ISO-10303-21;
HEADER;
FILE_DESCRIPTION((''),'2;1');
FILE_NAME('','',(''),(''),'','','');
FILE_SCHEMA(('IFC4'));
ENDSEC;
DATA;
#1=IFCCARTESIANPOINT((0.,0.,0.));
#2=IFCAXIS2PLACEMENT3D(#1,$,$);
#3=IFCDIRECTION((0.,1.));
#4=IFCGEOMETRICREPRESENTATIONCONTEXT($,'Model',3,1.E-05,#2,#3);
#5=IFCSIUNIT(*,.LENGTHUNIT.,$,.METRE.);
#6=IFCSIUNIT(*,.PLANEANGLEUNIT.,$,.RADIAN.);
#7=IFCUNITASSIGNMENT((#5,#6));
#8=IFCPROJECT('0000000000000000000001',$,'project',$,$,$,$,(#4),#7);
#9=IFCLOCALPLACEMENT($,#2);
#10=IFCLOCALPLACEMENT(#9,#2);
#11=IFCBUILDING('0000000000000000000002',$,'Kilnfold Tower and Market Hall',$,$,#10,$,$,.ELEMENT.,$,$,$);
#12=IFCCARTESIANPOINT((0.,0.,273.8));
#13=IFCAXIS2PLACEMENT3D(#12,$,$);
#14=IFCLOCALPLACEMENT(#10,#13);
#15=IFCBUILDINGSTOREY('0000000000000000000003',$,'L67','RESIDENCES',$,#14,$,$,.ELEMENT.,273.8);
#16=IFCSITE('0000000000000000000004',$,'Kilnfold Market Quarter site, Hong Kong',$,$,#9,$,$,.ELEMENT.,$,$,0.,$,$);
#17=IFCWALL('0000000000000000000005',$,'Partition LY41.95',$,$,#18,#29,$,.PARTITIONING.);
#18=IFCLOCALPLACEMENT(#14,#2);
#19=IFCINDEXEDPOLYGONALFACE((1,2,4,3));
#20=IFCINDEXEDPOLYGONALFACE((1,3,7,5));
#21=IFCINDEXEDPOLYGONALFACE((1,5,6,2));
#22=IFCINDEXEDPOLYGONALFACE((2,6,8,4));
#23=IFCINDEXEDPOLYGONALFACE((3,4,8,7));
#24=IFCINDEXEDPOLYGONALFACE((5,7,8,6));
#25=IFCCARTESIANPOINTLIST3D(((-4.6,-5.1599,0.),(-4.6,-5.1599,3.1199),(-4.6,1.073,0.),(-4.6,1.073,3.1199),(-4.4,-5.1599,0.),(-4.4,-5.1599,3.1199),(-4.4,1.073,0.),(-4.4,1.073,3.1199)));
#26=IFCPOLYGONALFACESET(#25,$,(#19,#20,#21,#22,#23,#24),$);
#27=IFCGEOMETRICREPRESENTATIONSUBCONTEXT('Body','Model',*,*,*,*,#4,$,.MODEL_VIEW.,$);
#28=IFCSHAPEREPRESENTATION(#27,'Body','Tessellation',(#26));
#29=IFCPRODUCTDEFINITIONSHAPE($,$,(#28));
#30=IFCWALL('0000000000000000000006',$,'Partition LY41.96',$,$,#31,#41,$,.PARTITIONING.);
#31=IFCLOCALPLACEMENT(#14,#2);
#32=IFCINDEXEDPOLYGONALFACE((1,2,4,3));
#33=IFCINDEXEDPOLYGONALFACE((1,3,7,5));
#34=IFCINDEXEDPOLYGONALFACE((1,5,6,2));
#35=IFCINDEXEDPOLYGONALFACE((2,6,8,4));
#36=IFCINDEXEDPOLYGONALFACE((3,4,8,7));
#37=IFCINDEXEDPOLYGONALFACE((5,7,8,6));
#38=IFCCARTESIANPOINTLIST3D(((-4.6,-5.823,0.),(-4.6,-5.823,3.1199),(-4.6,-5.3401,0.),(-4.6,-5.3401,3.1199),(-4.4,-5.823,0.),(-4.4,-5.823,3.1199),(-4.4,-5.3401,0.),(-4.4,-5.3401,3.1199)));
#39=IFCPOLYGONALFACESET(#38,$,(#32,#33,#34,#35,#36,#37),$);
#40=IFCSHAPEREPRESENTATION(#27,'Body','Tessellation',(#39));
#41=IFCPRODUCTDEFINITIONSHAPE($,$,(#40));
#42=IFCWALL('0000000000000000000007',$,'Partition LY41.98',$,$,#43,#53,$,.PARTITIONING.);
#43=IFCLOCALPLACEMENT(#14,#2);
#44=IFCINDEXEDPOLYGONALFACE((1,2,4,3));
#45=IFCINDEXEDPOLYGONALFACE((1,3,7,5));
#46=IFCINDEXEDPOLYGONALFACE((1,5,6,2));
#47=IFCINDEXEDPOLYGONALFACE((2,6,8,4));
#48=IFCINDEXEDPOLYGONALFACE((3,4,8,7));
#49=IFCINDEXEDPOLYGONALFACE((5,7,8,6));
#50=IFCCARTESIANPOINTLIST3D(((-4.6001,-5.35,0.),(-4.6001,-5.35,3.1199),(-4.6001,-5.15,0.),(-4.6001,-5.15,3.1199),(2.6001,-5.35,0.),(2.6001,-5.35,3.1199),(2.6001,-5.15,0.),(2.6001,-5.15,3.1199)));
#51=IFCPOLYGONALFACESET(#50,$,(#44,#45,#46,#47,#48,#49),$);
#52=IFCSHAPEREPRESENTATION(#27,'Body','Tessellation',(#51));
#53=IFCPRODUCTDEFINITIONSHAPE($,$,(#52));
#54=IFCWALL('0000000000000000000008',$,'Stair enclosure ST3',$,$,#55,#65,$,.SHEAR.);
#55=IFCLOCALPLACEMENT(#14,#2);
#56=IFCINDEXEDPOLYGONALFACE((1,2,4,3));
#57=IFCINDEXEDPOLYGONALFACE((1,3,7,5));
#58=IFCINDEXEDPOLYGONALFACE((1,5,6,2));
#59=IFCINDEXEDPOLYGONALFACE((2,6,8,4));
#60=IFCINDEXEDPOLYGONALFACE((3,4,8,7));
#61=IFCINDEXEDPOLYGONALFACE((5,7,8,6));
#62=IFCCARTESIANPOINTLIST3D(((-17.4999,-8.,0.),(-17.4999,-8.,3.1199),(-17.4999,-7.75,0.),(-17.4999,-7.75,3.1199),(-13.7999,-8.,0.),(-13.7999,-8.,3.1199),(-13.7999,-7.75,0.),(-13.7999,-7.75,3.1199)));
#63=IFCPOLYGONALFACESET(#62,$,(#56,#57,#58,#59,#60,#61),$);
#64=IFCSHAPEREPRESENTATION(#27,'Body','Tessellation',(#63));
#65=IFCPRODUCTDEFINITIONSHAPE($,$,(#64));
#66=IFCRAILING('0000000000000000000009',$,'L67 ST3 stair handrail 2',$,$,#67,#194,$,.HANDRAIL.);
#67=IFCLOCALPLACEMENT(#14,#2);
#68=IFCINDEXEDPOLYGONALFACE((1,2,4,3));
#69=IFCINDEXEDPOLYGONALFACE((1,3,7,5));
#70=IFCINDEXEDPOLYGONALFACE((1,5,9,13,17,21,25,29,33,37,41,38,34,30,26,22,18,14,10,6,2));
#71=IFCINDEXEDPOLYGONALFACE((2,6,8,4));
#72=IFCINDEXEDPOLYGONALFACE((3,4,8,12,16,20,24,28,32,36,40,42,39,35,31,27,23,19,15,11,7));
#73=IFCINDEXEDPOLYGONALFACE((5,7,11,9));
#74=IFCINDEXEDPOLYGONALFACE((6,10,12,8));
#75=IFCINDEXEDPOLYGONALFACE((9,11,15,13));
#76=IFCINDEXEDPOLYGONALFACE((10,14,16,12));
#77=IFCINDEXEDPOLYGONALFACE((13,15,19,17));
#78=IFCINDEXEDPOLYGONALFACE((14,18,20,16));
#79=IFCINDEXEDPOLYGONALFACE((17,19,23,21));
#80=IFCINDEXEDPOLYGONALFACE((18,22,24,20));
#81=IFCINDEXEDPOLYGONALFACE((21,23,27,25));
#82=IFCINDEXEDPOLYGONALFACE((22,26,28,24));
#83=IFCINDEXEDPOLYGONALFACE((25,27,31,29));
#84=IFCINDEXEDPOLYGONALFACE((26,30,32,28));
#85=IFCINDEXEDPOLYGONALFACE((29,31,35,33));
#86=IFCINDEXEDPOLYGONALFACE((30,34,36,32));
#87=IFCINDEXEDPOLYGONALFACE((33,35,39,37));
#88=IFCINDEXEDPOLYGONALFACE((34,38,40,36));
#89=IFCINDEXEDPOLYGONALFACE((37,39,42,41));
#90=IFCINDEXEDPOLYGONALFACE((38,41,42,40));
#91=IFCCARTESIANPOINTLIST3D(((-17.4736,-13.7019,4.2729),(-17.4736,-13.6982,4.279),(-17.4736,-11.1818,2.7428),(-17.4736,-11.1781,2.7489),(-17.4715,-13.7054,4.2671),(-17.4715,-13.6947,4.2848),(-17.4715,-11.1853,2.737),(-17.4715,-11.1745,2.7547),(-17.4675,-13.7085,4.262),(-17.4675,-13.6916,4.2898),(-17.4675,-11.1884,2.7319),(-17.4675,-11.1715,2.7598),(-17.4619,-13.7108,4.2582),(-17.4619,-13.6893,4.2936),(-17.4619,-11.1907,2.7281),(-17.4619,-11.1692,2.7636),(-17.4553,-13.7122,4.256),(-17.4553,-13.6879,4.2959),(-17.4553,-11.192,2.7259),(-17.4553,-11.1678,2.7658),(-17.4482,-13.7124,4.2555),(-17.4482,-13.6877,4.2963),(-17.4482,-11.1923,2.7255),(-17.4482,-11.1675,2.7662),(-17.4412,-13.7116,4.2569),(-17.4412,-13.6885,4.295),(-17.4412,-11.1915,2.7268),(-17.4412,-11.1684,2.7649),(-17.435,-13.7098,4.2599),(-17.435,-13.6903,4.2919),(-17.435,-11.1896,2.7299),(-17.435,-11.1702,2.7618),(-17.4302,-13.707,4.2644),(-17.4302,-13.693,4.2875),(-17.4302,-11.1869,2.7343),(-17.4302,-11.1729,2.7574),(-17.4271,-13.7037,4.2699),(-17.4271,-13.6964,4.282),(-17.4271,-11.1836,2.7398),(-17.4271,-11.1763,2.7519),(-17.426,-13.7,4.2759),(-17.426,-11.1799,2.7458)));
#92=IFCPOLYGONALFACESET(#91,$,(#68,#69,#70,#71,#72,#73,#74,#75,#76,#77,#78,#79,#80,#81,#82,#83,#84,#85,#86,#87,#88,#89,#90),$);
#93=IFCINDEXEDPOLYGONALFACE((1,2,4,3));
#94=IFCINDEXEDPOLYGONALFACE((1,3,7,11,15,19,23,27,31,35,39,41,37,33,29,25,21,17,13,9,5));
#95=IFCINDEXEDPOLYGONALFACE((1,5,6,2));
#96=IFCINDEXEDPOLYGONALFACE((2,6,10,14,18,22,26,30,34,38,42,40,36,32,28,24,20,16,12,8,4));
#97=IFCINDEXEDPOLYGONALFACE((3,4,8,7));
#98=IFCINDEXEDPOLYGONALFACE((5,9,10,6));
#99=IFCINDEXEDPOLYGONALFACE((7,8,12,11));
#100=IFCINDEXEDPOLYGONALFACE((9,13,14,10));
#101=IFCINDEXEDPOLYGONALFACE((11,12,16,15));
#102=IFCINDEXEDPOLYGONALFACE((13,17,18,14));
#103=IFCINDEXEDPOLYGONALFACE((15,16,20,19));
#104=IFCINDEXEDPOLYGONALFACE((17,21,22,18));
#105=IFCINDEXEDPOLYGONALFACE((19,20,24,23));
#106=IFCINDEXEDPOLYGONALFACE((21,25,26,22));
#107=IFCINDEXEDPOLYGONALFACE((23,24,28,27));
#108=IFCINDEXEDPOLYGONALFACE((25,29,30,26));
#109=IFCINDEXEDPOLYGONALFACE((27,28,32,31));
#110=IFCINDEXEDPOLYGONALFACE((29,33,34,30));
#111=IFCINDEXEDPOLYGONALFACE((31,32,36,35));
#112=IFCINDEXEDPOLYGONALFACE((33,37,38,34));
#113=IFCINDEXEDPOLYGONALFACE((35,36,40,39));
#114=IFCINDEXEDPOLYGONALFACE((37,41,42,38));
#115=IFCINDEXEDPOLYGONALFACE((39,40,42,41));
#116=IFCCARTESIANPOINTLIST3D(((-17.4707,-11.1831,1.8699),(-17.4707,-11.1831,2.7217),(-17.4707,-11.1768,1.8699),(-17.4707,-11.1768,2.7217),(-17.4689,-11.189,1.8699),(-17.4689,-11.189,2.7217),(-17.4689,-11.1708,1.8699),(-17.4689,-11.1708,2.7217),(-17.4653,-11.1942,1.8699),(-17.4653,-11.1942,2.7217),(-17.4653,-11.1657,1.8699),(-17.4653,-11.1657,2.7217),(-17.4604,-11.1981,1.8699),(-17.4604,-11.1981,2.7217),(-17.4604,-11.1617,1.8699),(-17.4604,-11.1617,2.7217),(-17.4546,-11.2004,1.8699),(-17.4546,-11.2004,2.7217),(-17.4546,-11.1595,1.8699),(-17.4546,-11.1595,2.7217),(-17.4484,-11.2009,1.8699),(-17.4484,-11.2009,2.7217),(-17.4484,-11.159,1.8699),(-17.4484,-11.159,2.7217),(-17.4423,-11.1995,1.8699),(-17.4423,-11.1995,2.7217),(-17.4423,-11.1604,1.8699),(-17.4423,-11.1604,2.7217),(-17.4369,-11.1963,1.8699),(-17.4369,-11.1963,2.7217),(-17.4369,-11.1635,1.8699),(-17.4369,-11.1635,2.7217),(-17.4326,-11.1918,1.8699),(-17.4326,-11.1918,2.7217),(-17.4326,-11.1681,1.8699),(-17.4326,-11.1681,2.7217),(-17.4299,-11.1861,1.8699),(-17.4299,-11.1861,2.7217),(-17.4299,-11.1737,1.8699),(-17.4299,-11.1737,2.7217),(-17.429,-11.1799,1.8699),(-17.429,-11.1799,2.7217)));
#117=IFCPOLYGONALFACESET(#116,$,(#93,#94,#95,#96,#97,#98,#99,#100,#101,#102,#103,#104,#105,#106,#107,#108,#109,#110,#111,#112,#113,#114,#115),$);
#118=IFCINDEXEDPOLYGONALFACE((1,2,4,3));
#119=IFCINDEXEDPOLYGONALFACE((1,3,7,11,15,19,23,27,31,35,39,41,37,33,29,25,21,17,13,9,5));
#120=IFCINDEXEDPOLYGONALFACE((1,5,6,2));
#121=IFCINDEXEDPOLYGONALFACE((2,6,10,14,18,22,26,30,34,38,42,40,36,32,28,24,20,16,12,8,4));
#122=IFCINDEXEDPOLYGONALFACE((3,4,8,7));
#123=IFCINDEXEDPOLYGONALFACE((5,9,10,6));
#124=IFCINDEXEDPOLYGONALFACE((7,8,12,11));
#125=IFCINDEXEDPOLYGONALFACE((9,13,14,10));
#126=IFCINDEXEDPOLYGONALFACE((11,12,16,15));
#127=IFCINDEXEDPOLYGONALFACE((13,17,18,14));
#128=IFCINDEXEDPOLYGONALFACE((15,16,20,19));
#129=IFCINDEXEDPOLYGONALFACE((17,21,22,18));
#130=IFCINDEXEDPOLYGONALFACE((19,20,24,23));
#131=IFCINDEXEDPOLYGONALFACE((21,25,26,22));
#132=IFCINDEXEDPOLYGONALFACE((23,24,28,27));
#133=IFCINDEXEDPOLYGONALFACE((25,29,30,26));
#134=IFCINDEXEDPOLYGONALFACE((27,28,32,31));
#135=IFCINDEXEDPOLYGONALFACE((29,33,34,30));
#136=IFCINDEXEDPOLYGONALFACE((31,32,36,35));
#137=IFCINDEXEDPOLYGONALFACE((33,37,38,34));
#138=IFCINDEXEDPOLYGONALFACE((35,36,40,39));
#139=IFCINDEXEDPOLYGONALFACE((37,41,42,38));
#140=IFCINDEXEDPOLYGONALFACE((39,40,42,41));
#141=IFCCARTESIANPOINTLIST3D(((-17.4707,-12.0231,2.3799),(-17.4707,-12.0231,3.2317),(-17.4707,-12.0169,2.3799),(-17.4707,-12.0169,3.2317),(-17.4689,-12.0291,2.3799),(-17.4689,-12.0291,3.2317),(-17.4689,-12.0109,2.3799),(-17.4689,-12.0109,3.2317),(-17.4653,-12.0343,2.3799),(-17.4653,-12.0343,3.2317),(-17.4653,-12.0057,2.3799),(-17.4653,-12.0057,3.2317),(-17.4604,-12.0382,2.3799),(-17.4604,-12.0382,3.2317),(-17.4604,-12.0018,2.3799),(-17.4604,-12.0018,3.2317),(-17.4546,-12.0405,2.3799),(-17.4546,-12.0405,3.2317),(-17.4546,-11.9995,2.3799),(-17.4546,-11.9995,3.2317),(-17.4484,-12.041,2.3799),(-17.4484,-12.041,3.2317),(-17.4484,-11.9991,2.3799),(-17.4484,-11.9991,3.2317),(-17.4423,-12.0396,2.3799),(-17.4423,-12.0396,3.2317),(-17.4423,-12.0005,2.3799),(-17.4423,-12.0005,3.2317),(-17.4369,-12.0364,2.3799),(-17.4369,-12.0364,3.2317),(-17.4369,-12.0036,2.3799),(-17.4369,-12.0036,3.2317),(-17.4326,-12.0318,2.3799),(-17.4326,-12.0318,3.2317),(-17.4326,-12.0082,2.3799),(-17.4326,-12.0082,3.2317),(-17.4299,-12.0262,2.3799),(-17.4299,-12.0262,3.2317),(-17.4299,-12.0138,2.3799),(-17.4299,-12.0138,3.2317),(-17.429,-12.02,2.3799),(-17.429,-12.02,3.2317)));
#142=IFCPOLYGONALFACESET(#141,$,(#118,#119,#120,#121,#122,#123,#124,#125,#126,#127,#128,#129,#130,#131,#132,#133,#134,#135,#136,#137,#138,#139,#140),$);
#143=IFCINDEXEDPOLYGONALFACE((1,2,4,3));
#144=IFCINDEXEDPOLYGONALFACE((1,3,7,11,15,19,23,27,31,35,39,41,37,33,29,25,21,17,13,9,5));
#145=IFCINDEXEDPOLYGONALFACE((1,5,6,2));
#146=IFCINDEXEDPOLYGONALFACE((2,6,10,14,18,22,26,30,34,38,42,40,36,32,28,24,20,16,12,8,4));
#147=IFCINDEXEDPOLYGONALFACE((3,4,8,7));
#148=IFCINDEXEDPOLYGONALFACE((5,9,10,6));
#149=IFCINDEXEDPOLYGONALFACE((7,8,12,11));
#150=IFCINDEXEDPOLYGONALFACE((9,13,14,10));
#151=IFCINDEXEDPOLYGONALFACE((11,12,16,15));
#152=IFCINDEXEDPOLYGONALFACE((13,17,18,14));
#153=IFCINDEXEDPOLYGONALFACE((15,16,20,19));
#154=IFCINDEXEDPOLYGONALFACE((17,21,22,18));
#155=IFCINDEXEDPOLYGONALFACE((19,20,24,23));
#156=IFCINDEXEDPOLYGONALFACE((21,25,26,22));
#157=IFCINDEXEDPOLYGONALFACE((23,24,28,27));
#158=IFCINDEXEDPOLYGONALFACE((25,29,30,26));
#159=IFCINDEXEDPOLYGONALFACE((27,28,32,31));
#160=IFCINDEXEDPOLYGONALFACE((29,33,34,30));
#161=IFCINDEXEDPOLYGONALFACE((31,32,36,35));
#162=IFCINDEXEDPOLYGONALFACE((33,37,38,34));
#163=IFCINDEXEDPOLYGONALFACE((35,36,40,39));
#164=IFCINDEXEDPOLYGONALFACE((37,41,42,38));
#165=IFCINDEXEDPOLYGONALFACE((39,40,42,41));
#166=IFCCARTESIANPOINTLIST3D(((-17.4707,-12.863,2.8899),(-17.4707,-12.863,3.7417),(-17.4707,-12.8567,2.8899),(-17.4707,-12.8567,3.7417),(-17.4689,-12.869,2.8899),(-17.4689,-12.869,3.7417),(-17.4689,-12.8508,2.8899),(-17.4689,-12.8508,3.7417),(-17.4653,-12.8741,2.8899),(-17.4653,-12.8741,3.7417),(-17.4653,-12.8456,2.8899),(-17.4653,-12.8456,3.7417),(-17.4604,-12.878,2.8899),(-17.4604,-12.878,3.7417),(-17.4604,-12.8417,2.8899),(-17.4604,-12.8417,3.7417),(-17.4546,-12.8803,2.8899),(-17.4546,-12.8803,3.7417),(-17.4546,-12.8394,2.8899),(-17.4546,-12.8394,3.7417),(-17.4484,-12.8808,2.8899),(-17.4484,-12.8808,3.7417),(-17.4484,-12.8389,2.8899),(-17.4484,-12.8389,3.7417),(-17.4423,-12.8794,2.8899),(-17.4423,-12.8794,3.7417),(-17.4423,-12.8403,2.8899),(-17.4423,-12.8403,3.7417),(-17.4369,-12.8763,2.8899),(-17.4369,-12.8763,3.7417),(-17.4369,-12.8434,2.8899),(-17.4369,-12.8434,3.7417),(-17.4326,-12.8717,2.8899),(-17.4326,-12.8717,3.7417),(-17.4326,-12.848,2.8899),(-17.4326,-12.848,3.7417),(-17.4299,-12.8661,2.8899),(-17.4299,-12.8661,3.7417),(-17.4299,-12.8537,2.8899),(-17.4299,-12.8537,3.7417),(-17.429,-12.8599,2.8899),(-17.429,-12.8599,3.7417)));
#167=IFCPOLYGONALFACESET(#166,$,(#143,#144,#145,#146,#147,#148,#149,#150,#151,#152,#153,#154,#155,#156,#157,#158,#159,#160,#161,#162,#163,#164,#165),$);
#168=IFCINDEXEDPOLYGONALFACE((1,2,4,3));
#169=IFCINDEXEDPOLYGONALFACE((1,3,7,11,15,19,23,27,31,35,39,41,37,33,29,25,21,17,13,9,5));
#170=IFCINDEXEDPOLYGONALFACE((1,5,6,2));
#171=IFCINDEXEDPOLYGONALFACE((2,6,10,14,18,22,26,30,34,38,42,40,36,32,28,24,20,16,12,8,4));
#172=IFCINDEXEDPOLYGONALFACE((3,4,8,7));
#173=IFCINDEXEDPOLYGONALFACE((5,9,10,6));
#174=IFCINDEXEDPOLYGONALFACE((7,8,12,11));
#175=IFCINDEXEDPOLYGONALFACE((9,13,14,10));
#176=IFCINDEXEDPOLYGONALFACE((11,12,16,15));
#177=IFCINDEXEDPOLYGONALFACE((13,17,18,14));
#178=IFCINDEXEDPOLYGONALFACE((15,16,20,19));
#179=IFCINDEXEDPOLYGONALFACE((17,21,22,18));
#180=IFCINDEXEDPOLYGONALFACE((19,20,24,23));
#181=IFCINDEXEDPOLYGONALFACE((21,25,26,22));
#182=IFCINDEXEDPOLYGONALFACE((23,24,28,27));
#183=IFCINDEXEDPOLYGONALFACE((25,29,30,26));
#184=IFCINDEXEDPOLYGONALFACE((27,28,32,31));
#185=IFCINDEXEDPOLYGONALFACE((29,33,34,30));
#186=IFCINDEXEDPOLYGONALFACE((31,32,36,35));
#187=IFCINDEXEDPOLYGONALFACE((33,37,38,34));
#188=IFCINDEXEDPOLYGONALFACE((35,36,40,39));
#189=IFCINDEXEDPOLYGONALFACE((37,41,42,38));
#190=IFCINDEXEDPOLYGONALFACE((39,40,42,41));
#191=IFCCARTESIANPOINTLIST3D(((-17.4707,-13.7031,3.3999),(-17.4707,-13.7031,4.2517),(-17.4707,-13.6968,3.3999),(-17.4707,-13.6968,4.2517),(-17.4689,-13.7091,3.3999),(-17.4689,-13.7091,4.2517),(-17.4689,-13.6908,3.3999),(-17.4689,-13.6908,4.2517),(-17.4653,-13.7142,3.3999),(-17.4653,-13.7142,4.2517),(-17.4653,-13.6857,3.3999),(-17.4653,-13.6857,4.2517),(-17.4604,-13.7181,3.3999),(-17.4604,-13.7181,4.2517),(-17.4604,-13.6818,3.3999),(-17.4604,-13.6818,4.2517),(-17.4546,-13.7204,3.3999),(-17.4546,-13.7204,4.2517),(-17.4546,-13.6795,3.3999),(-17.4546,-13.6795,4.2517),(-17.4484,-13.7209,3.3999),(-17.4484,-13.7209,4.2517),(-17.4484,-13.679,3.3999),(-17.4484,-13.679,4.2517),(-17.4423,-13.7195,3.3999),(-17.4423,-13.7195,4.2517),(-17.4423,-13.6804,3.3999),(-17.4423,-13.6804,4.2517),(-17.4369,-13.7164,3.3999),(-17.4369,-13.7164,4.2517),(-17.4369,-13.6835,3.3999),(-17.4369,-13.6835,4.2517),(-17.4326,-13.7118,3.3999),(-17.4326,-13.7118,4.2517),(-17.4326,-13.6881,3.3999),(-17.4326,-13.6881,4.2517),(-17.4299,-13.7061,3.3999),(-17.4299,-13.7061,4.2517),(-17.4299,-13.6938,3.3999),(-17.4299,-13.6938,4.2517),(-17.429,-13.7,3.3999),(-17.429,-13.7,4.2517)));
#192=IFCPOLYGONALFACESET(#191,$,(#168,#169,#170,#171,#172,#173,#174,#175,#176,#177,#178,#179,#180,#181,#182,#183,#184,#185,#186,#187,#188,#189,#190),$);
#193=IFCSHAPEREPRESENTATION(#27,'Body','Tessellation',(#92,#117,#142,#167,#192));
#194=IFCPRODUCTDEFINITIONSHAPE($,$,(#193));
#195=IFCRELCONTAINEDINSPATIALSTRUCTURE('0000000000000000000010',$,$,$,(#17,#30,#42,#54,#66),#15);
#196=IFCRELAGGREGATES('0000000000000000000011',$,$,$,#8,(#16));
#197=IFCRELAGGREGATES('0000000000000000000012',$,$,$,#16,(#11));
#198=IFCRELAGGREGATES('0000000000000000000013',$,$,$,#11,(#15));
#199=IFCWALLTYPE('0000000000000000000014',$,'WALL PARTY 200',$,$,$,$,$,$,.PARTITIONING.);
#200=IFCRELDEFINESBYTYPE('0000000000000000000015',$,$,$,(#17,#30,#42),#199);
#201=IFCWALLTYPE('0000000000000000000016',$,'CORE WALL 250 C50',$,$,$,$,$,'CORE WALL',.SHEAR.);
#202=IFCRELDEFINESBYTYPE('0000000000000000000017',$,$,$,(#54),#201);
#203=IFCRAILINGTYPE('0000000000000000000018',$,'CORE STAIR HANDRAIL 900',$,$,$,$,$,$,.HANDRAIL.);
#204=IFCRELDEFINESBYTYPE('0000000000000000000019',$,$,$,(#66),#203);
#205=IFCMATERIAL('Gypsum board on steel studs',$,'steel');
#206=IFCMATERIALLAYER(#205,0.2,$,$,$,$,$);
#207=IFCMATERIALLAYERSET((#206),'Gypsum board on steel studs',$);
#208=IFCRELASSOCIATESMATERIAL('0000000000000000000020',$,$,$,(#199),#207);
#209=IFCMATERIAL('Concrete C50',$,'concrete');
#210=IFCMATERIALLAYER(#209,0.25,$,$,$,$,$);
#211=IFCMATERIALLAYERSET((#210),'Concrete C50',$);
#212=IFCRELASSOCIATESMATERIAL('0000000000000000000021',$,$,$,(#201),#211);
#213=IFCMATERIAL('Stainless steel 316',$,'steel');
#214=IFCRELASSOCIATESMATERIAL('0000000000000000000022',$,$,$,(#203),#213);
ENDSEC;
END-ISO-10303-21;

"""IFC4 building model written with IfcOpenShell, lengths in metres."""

from ifc_helpers import new_model, si_unit, direction, frame, frame_2d, origin, origin_2d, place, context, subcontext, project, spatial, rectangle, circle, extrude, source, transform, mapped, material, layer, layer_set, type_object, element, save


model = new_model("IFC4")

# Units and contexts
model_context = context("Model", 3, precision=1e-05, world=origin(), true_north=direction((0.0, 1.0)))
body_context = subcontext(model_context, "Body", "Model", "MODEL_VIEW")
ifc_project = project(units=[si_unit("LENGTHUNIT", "METRE"), si_unit("PLANEANGLEUNIT", "RADIAN")], contexts=[model_context])

# Site, building, storey
site_placement = place(None, origin())
site = spatial("IfcSite", under=ifc_project, at=site_placement, Name="Kilnfold Market Quarter site, Hong Kong", CompositionType="ELEMENT", RefElevation=0.0)
building_placement = place(site_placement, origin())
building = spatial("IfcBuilding", under=site, at=building_placement, Name="Kilnfold Tower and Market Hall", CompositionType="ELEMENT")
storey_placement = place(building_placement, frame((0.0, 0.0, 273.8)))
storey = spatial("IfcBuildingStorey", under=building, at=storey_placement, Name="L67", Description="RESIDENCES", CompositionType="ELEMENT", Elevation=273.8)

# Walls
ifc_material_1 = material(Name="Gypsum board on steel studs", Category="steel")
ifc_layer_1 = layer(ifc_material_1, 0.2)
ifc_layer_set_1 = layer_set([ifc_layer_1], Name="Gypsum board on steel studs")
wall_type_1 = type_object("IfcWallType", Name="WALL PARTY 200", PredefinedType="PARTITIONING", material=ifc_layer_set_1)
wall_1_placement = place(storey_placement, frame((-4.5, -5.1599, 0.0), z_axis=(0.0, 0.0, 1.0), x_axis=(0.0, 1.0, 0.0)))
element("IfcWall", 1, at=wall_1_placement, inside=storey, type_object=wall_type_1, Name="Partition LY41.95", PredefinedType="PARTITIONING", context=body_context, shape_type="SweptSolid", body=[
    extrude(rectangle(XDim=6.2329, YDim=0.2, at=frame_2d((3.1165, 0.0))), origin(), (0.0, 0.0, 1.0), 3.1199),
])
wall_2_placement = place(storey_placement, frame((-4.5, -5.823, 0.0), z_axis=(0.0, 0.0, 1.0), x_axis=(0.0, 1.0, 0.0)))
element("IfcWall", 2, at=wall_2_placement, inside=storey, type_object=wall_type_1, Name="Partition LY41.96", PredefinedType="PARTITIONING", context=body_context, shape_type="SweptSolid", body=[
    extrude(rectangle(XDim=0.4829, YDim=0.2, at=frame_2d((0.2415, 0.0))), origin(), (0.0, 0.0, 1.0), 3.1199),
])
wall_3_placement = place(storey_placement, frame((-4.6001, -5.25, 0.0), z_axis=(0.0, 0.0, 1.0), x_axis=(1.0, 0.0, 0.0)))
element("IfcWall", 3, at=wall_3_placement, inside=storey, type_object=wall_type_1, Name="Partition LY41.98", PredefinedType="PARTITIONING", context=body_context, shape_type="SweptSolid", body=[
    extrude(rectangle(XDim=7.2002, YDim=0.2, at=frame_2d((3.6001, 0.0))), origin(), (0.0, 0.0, 1.0), 3.1199),
])
ifc_material_2 = material(Name="Concrete C50", Category="concrete")
ifc_layer_2 = layer(ifc_material_2, 0.25)
ifc_layer_set_2 = layer_set([ifc_layer_2], Name="Concrete C50")
wall_type_2 = type_object("IfcWallType", Name="CORE WALL 250 C50", ElementType="CORE WALL", PredefinedType="SHEAR", material=ifc_layer_set_2)
shared_shape_1 = source(origin(), body_context, "Body", "SweptSolid", [
    extrude(rectangle(XDim=3.7, YDim=0.25, at=frame_2d((1.8501, 0.0))), origin(), (0.0, 0.0, 1.0), 3.1199),
])
wall_4_placement = place(storey_placement, frame((-17.5, -7.875, 0.0), z_axis=(0.0, 0.0, 1.0), x_axis=(1.0, 0.0, 0.0)))
element("IfcWall", 4, at=wall_4_placement, inside=storey, type_object=wall_type_2, Name="Stair enclosure ST3", PredefinedType="SHEAR", context=body_context, shape_type="MappedRepresentation", body=[
    mapped(shared_shape_1, transform((0.0, 0.0, 0.0))),
])

# Railing
ifc_material_3 = material(Name="Stainless steel 316", Category="steel")
railing_type = type_object("IfcRailingType", Name="CORE STAIR HANDRAIL 900", PredefinedType="HANDRAIL", material=ifc_material_3)
railing_placement = place(storey_placement, frame((-17.45, -11.1799, 1.8699)))
element("IfcRailing", 5, at=railing_placement, inside=storey, type_object=railing_type, Name="L67 ST3 stair handrail 2", PredefinedType="HANDRAIL", context=body_context, shape_type="SweptSolid", body=[
    extrude(circle(Radius=0.0239, at=origin_2d()), frame((0.0, 0.0, 0.876), z_axis=(0.0, -0.854785, 0.518982), x_axis=(1.0, 0.0, 0.0)), (0.0, 0.0, 1.0), 2.9482),
    extrude(circle(Radius=0.021, at=origin_2d()), origin(), (0.0, 0.0, 1.0), 0.8518),
    extrude(circle(Radius=0.021, at=origin_2d()), frame((0.0, -0.8401, 0.51)), (0.0, 0.0, 1.0), 0.8518),
    extrude(circle(Radius=0.021, at=origin_2d()), frame((0.0, -1.6799, 1.02)), (0.0, 0.0, 1.0), 0.8518),
    extrude(circle(Radius=0.021, at=origin_2d()), frame((0.0, -2.52, 1.53)), (0.0, 0.0, 1.0), 0.8518),
])

save(model, "model.ifc")
